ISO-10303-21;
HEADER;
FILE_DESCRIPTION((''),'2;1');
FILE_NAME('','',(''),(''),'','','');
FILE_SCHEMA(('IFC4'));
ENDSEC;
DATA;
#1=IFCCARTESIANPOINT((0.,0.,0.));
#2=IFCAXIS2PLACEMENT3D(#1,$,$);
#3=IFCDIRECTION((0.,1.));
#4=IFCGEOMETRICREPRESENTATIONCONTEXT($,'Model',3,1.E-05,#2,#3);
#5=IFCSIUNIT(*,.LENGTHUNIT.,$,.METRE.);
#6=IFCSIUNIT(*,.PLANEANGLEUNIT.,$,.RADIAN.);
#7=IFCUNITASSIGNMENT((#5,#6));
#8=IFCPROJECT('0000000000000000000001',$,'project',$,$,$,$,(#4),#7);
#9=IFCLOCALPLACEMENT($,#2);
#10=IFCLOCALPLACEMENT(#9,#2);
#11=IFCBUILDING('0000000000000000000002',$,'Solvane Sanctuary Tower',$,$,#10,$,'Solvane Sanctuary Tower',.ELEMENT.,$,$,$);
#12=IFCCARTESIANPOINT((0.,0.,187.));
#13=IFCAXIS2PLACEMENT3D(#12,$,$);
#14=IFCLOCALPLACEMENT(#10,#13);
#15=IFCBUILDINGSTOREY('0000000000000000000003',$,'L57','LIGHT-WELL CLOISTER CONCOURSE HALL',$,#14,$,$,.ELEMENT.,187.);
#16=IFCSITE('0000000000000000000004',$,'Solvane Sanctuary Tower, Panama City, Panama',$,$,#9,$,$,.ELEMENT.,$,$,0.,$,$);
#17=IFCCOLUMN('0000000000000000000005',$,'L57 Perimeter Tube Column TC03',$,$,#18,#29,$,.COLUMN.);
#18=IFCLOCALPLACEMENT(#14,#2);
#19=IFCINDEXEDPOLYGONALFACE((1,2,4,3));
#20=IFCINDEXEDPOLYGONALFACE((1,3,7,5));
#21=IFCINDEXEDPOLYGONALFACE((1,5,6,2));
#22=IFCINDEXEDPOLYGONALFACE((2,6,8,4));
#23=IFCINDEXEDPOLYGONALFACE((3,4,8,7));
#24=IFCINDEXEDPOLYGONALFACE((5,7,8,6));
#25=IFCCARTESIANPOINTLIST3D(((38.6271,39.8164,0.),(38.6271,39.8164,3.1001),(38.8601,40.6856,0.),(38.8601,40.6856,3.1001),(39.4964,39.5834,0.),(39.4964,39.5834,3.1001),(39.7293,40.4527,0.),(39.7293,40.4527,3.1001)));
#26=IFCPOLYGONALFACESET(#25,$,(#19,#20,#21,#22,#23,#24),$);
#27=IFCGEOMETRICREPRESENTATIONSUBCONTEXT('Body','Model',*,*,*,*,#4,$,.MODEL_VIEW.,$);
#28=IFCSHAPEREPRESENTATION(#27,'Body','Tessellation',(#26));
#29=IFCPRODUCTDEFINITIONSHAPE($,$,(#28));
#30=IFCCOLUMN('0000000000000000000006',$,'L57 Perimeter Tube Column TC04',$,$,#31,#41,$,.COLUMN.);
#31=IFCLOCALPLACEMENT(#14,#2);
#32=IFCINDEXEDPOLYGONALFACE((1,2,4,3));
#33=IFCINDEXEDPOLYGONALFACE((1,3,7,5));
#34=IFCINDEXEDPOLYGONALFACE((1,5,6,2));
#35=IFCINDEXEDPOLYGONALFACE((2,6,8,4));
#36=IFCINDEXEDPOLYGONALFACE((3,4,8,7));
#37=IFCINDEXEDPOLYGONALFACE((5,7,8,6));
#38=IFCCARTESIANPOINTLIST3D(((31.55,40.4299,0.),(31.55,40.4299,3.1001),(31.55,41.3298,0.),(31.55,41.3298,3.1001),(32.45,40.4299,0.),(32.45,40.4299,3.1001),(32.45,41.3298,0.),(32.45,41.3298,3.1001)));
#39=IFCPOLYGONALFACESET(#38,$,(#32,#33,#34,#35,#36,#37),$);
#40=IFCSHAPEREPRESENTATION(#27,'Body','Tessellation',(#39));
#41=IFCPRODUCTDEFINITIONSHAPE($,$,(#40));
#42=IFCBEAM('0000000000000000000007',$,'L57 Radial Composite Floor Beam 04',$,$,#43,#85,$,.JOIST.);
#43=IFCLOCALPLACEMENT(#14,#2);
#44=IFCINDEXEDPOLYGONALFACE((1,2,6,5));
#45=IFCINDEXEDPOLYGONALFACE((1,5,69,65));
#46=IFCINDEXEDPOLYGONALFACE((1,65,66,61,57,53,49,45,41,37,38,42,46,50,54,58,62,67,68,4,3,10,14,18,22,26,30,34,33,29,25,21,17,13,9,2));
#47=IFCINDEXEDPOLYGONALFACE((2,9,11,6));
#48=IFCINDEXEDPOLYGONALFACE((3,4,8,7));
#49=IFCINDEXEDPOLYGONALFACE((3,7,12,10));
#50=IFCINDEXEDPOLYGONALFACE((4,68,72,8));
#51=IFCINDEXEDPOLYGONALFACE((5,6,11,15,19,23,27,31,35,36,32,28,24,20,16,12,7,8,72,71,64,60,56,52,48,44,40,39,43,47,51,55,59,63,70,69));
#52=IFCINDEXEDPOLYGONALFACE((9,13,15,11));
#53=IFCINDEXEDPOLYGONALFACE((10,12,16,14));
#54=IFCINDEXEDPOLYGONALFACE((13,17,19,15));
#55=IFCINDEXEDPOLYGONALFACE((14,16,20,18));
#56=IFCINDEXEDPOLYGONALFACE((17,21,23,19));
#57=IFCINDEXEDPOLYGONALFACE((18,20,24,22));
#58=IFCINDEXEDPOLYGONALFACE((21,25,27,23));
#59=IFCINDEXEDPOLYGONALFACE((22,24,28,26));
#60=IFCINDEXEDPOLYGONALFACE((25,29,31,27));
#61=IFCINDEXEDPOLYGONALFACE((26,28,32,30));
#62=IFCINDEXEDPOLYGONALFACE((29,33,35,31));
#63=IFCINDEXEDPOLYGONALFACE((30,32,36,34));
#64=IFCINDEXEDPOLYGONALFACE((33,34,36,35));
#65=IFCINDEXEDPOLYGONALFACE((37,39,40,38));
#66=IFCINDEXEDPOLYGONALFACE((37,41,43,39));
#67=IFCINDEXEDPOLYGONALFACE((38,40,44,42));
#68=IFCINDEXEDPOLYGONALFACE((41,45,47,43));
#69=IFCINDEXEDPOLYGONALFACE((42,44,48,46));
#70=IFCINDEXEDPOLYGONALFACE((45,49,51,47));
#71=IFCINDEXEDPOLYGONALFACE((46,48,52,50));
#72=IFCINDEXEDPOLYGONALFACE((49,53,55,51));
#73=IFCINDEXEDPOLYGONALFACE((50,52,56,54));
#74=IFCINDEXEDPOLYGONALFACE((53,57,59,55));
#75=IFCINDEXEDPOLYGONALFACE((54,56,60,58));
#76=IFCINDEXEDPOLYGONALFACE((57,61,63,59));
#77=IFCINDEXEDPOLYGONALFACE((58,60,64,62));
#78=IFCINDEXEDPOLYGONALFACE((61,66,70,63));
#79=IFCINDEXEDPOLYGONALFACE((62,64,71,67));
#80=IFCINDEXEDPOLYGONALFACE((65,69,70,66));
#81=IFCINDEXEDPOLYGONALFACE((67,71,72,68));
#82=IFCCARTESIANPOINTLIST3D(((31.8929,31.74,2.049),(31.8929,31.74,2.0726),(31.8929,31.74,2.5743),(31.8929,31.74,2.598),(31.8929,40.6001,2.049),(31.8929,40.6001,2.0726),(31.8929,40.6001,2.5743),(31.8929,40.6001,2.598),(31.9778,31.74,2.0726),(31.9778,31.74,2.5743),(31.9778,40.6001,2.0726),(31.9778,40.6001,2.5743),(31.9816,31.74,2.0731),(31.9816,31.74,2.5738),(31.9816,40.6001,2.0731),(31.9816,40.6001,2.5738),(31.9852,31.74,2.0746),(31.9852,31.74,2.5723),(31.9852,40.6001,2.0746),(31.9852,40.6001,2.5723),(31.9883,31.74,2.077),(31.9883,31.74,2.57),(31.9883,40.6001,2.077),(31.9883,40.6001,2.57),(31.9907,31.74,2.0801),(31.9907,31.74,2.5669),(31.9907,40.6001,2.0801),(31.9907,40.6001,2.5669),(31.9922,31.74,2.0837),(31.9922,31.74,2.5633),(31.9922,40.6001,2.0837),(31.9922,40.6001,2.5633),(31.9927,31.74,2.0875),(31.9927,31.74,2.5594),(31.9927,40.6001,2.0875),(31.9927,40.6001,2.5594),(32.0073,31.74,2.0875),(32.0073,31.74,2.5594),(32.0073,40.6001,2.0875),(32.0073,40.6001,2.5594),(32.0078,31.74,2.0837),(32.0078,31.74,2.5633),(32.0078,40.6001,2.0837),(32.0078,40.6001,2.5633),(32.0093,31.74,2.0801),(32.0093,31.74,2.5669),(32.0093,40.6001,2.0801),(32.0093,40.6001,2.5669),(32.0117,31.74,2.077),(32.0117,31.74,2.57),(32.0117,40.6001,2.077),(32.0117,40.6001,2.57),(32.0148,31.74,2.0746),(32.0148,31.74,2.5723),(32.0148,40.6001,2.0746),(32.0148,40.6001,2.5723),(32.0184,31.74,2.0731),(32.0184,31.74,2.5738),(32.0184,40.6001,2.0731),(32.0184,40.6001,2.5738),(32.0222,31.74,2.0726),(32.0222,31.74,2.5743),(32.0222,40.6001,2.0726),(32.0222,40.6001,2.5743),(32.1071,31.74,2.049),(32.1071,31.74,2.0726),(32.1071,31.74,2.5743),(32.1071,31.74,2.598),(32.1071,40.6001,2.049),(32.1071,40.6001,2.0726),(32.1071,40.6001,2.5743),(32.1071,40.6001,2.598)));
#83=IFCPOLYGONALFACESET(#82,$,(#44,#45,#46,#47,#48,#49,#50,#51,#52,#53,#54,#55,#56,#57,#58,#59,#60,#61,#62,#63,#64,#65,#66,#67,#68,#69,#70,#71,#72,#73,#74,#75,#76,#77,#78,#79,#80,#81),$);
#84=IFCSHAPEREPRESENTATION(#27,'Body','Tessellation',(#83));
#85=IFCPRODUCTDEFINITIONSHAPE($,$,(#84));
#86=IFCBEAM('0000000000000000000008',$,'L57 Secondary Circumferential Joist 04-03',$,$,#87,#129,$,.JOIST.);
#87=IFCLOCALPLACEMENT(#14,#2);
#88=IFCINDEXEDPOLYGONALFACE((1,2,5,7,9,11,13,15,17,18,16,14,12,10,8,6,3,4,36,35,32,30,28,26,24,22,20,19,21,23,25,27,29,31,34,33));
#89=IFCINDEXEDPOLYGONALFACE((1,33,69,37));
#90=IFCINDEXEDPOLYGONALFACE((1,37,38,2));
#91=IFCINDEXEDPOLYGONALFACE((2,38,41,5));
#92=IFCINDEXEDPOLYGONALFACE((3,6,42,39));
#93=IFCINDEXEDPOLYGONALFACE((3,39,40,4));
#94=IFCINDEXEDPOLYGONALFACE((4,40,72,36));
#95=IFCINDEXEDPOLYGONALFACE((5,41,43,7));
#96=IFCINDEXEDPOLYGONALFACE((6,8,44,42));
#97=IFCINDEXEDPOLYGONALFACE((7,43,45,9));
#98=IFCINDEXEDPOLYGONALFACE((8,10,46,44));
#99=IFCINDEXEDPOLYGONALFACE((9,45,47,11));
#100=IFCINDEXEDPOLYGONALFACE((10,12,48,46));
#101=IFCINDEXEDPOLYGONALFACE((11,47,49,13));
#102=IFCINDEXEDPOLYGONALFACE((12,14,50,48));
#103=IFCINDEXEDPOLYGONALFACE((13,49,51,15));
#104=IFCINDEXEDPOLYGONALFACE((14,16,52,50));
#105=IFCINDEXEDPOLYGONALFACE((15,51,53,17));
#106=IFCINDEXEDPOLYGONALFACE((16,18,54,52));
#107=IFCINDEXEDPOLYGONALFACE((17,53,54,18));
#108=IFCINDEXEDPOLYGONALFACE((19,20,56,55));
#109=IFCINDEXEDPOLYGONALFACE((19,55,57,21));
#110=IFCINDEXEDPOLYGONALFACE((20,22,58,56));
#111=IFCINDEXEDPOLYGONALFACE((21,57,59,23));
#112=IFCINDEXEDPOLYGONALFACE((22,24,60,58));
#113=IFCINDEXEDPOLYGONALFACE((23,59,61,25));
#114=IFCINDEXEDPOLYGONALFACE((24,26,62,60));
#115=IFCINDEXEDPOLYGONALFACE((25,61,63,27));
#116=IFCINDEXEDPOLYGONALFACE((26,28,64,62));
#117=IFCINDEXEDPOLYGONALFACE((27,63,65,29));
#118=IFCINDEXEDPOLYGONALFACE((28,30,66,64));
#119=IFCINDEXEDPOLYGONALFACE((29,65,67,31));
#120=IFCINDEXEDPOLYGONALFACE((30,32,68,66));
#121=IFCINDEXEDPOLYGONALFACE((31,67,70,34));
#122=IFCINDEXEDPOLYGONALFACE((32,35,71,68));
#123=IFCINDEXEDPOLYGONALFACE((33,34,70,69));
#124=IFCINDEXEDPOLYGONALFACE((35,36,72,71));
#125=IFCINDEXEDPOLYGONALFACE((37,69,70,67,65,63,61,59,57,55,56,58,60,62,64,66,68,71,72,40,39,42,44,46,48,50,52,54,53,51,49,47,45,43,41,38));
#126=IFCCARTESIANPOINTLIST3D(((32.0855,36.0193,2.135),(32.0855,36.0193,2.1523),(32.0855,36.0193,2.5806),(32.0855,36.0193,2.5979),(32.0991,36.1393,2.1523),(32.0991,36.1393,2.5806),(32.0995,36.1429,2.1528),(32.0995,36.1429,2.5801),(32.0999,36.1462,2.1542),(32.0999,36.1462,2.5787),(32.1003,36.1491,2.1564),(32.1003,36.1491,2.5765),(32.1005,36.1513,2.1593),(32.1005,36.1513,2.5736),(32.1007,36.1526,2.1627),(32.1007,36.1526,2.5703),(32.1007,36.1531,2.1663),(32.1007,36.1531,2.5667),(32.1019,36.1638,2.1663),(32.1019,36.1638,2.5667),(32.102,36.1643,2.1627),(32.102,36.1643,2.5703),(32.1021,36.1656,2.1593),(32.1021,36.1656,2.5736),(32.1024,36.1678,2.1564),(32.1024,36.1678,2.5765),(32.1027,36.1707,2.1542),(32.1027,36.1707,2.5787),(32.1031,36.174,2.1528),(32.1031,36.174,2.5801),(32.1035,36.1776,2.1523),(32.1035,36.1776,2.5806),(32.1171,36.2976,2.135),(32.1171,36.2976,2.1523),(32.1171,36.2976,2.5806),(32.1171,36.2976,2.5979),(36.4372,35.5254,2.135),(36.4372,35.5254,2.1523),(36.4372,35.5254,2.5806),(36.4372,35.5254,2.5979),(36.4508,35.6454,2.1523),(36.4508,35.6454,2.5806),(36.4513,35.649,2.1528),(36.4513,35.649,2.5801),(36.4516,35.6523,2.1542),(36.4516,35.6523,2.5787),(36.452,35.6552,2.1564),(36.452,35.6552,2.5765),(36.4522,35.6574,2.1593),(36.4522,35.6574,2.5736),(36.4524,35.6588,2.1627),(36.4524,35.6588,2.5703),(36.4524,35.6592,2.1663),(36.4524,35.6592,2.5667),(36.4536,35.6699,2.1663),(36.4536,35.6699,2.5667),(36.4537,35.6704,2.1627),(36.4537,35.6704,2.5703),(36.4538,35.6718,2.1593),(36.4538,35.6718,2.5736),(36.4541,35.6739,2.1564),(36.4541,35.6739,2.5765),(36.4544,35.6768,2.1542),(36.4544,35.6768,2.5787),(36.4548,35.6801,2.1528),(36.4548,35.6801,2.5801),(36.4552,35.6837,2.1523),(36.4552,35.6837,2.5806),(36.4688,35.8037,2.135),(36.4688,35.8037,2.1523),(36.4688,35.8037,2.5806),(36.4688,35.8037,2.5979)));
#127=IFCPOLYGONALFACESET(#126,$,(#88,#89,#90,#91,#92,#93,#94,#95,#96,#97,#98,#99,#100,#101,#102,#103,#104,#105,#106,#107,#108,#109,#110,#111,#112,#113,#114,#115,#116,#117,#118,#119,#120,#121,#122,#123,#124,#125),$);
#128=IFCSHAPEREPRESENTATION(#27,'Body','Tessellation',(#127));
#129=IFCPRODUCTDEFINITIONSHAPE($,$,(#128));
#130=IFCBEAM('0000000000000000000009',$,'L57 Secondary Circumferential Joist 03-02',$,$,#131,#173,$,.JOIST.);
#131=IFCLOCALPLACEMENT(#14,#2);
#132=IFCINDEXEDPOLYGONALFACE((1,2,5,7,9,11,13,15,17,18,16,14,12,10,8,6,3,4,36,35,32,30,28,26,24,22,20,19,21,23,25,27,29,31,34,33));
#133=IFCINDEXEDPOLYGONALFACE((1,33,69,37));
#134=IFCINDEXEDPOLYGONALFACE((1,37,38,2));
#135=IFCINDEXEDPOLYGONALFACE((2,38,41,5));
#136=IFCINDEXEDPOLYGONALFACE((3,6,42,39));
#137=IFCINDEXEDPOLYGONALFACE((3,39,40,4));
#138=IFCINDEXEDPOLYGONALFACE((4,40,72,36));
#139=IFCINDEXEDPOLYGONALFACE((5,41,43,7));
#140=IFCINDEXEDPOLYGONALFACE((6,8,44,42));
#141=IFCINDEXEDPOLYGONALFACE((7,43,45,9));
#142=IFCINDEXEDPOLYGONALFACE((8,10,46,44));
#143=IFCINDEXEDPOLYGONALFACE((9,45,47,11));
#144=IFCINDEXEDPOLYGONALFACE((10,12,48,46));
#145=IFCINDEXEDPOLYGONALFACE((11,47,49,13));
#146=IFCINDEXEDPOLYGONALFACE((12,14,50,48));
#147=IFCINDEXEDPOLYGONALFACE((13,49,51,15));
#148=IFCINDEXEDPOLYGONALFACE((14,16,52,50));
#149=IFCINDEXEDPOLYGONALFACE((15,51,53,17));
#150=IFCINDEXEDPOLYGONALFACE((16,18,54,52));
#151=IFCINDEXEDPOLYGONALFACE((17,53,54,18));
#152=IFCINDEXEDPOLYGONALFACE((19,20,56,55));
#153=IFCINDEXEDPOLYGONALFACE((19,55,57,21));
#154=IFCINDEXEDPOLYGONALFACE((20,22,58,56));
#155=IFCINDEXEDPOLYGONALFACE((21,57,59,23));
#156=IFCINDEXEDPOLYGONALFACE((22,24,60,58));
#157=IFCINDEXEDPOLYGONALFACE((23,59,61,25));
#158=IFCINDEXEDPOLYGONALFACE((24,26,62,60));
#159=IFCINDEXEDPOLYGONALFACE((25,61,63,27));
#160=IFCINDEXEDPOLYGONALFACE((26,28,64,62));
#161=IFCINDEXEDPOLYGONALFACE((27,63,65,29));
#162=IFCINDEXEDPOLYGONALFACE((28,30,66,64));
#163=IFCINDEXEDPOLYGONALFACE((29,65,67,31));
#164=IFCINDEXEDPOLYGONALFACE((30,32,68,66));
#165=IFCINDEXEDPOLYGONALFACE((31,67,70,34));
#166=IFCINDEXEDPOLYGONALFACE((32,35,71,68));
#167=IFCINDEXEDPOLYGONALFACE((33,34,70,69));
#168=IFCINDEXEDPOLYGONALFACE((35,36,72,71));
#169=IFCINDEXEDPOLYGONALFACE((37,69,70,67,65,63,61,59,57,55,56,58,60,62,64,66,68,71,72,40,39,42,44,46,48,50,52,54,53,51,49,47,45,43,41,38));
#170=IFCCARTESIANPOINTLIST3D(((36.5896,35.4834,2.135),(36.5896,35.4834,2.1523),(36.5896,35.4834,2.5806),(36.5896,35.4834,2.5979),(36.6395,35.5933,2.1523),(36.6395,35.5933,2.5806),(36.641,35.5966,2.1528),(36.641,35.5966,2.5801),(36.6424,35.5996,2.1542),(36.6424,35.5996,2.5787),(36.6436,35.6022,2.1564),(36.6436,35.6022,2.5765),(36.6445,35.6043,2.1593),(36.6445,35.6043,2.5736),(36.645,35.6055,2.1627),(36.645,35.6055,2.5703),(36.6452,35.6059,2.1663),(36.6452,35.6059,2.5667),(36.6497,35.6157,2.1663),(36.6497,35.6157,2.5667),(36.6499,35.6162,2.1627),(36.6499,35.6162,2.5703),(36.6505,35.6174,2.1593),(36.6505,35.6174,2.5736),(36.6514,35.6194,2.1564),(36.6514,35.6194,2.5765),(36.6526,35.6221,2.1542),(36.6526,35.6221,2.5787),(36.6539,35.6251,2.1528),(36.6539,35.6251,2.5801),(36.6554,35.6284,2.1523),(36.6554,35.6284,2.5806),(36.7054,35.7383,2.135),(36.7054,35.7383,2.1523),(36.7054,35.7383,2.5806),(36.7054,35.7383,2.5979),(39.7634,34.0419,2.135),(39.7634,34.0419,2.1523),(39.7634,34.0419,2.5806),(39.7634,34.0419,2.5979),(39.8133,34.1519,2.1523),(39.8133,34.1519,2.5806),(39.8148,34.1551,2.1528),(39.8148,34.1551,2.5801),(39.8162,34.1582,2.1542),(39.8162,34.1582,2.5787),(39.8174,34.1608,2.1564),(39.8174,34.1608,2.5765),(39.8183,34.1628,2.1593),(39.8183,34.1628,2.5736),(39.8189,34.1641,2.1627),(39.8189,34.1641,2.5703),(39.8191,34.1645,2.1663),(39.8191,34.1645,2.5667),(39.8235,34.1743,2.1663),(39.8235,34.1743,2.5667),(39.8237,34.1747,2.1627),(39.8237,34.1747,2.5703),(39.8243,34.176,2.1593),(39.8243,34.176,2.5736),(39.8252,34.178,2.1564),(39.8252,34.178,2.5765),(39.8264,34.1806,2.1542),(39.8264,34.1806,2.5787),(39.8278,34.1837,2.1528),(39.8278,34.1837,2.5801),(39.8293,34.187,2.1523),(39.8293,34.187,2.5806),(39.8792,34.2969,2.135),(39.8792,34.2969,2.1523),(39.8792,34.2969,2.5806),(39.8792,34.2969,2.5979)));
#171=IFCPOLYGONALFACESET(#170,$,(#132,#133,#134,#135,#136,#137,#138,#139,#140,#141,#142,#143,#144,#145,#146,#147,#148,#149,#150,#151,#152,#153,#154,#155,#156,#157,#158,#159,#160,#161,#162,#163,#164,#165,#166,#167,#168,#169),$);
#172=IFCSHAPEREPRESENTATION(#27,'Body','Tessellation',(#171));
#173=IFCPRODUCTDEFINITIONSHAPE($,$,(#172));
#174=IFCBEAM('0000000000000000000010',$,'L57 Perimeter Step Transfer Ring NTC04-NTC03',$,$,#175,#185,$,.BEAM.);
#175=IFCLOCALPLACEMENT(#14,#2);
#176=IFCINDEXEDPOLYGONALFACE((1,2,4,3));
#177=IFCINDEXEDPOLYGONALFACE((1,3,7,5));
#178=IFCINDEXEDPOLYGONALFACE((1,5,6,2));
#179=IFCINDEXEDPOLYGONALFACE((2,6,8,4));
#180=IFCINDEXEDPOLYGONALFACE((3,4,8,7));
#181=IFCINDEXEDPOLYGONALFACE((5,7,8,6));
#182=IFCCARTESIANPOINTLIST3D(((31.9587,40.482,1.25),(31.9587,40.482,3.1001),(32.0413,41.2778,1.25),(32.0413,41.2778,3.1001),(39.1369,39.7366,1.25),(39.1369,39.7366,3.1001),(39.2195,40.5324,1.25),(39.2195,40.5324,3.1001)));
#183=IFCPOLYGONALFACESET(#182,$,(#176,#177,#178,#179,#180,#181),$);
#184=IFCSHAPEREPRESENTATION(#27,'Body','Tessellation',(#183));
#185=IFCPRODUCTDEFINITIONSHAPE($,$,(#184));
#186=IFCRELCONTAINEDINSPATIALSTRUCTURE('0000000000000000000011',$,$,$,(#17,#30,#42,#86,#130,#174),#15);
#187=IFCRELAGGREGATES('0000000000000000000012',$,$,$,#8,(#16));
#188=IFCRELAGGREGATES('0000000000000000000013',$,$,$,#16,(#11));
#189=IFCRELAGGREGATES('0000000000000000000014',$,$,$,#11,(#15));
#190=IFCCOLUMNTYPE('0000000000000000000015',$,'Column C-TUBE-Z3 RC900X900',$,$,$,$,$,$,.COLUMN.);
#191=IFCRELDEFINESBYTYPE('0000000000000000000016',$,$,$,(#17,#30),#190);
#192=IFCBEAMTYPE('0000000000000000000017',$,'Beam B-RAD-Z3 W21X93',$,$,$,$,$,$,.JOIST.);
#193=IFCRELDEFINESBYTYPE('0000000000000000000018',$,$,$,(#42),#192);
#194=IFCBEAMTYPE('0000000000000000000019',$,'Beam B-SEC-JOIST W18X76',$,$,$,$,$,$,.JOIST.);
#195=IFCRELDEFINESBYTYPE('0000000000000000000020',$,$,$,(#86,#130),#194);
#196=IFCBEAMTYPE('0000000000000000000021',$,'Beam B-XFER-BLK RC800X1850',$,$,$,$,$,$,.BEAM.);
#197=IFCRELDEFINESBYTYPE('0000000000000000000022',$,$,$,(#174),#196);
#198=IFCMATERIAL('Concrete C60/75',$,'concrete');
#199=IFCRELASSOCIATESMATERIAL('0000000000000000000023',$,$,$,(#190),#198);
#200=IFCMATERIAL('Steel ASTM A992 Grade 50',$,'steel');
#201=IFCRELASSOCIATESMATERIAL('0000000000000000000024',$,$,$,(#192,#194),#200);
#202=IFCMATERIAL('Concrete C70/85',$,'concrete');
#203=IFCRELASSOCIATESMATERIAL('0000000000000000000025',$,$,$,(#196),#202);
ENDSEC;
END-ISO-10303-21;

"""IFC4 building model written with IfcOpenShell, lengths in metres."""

from ifc_helpers import new_model, si_unit, direction, frame, origin, origin_2d, place, context, subcontext, project, spatial, rectangle, i_section, extrude, material, material_profile, profile_set, type_object, element, save


model = new_model("IFC4")

# Units and contexts
model_context = context("Model", 3, precision=1e-05, world=origin(), true_north=direction((0.0, 1.0)))
body_context = subcontext(model_context, "Body", "Model", "MODEL_VIEW")
ifc_project = project(units=[si_unit("LENGTHUNIT", "METRE"), si_unit("PLANEANGLEUNIT", "RADIAN")], contexts=[model_context])

# Site, building, storey
site_placement = place(None, origin())
site = spatial("IfcSite", under=ifc_project, at=site_placement, Name="Solvane Sanctuary Tower, Panama City, Panama", CompositionType="ELEMENT", RefElevation=0.0)
building_placement = place(site_placement, origin())
building = spatial("IfcBuilding", under=site, at=building_placement, Name="Solvane Sanctuary Tower", LongName="Solvane Sanctuary Tower", CompositionType="ELEMENT")
storey_placement = place(building_placement, frame((0.0, 0.0, 187.0)))
storey = spatial("IfcBuildingStorey", under=building, at=storey_placement, Name="L57", Description="LIGHT-WELL CLOISTER CONCOURSE HALL", CompositionType="ELEMENT", Elevation=187.0)

# Columns
ifc_material_1 = material(Name="Concrete C60/75", Category="concrete")
ifc_material_profile_1 = material_profile(ifc_material_1, rectangle(XDim=0.8999, YDim=0.8999, at=origin_2d()), Name="RC900X900")
ifc_profile_set_1 = profile_set([ifc_material_profile_1], Name="Concrete C60/75")
column_type = type_object("IfcColumnType", Name="Column C-TUBE-Z3 RC900X900", PredefinedType="COLUMN", material=ifc_profile_set_1)
for number, where, z_axis, x_axis, name in (
    (1, (39.1782, 40.1345, 0.0), (0.0, 0.0, 1.0), (0.258819, 0.965926, 0.0), "L57 Perimeter Tube Column TC03"),
    (2, (32.0, 40.8799, 0.0), (0.0, 0.0, 1.0), (0.0, 1.0, 0.0), "L57 Perimeter Tube Column TC04"),
):
    element("IfcColumn", number, at=place(storey_placement, frame(where, z_axis=z_axis, x_axis=x_axis)), inside=storey, type_object=column_type, Name=name, PredefinedType="COLUMN", context=body_context, shape_type="SweptSolid", body=[
        extrude(rectangle(XDim=0.8999, YDim=0.8999, at=origin_2d()), origin(), (0.0, 0.0, 1.0), 3.1001),
    ])

# Beams
ifc_material_2 = material(Name="Steel ASTM A992 Grade 50", Category="steel")
ifc_material_profile_2 = material_profile(ifc_material_2, i_section(OverallWidth=0.2141, OverallDepth=0.5491, WebThickness=0.0146, FlangeThickness=0.0237, FilletRadius=0.0149, at=origin_2d()), Name="W21X93")
ifc_profile_set_2 = profile_set([ifc_material_profile_2], Name="Steel ASTM A992 Grade 50")
beam_type_1 = type_object("IfcBeamType", Name="Beam B-RAD-Z3 W21X93", PredefinedType="JOIST", material=ifc_profile_set_2)
beam_1_placement = place(storey_placement, frame((32.0, 31.74, 2.3235), z_axis=(0.0, 1.0, 0.0), x_axis=(-1.0, 0.0, 0.0)))
element("IfcBeam", 3, at=beam_1_placement, inside=storey, type_object=beam_type_1, Name="L57 Radial Composite Floor Beam 04", PredefinedType="JOIST", context=body_context, shape_type="SweptSolid", body=[
    extrude(i_section(OverallWidth=0.2141, OverallDepth=0.5491, WebThickness=0.0146, FlangeThickness=0.0237, FilletRadius=0.0149, at=origin_2d()), origin(), (0.0, 0.0, 1.0), 8.8601),
])
ifc_material_profile_3 = material_profile(ifc_material_2, i_section(OverallWidth=0.28, OverallDepth=0.4629, WebThickness=0.0107, FlangeThickness=0.0173, FilletRadius=0.0139, at=origin_2d()), Name="W18X76")
ifc_profile_set_3 = profile_set([ifc_material_profile_3], Name="Steel ASTM A992 Grade 50")
beam_type_2 = type_object("IfcBeamType", Name="Beam B-SEC-JOIST W18X76", PredefinedType="JOIST", material=ifc_profile_set_3)
beam_2_placement = place(storey_placement, frame((32.1013, 36.1584, 2.3665), z_axis=(0.993621, -0.112768, 0.0), x_axis=(0.112768, 0.993621, 0.0)))
element("IfcBeam", 4, at=beam_2_placement, inside=storey, type_object=beam_type_2, Name="L57 Secondary Circumferential Joist 04-03", PredefinedType="JOIST", context=body_context, shape_type="SweptSolid", body=[
    extrude(i_section(OverallWidth=0.28, OverallDepth=0.4629, WebThickness=0.0107, FlangeThickness=0.0173, FilletRadius=0.0139, at=origin_2d()), origin(), (0.0, 0.0, 1.0), 4.3796),
])
beam_3_placement = place(storey_placement, frame((36.6475, 35.6108, 2.3665), z_axis=(0.910501, -0.413507, 0.0), x_axis=(0.413507, 0.910501, 0.0)))
element("IfcBeam", 5, at=beam_3_placement, inside=storey, type_object=beam_type_2, Name="L57 Secondary Circumferential Joist 03-02", PredefinedType="JOIST", context=body_context, shape_type="SweptSolid", body=[
    extrude(i_section(OverallWidth=0.28, OverallDepth=0.4629, WebThickness=0.0107, FlangeThickness=0.0173, FilletRadius=0.0139, at=origin_2d()), origin(), (0.0, 0.0, 1.0), 3.4858),
])
ifc_material_3 = material(Name="Concrete C70/85", Category="concrete")
ifc_material_profile_4 = material_profile(ifc_material_3, rectangle(XDim=0.8, YDim=1.8501, at=origin_2d()), Name="RC800X1850")
ifc_profile_set_4 = profile_set([ifc_material_profile_4], Name="Concrete C70/85")
beam_type_3 = type_object("IfcBeamType", Name="Beam B-XFER-BLK RC800X1850", PredefinedType="BEAM", material=ifc_profile_set_4)
beam_4_placement = place(storey_placement, frame((32.0, 40.8799, 2.175), z_axis=(0.994652, -0.103281, 0.0), x_axis=(0.103281, 0.994652, 0.0)))
element("IfcBeam", 6, at=beam_4_placement, inside=storey, type_object=beam_type_3, Name="L57 Perimeter Step Transfer Ring NTC04-NTC03", PredefinedType="BEAM", context=body_context, shape_type="SweptSolid", body=[
    extrude(rectangle(XDim=0.8, YDim=1.8501, at=origin_2d()), origin(), (0.0, 0.0, 1.0), 7.2168),
])

save(model, "model.ifc")
